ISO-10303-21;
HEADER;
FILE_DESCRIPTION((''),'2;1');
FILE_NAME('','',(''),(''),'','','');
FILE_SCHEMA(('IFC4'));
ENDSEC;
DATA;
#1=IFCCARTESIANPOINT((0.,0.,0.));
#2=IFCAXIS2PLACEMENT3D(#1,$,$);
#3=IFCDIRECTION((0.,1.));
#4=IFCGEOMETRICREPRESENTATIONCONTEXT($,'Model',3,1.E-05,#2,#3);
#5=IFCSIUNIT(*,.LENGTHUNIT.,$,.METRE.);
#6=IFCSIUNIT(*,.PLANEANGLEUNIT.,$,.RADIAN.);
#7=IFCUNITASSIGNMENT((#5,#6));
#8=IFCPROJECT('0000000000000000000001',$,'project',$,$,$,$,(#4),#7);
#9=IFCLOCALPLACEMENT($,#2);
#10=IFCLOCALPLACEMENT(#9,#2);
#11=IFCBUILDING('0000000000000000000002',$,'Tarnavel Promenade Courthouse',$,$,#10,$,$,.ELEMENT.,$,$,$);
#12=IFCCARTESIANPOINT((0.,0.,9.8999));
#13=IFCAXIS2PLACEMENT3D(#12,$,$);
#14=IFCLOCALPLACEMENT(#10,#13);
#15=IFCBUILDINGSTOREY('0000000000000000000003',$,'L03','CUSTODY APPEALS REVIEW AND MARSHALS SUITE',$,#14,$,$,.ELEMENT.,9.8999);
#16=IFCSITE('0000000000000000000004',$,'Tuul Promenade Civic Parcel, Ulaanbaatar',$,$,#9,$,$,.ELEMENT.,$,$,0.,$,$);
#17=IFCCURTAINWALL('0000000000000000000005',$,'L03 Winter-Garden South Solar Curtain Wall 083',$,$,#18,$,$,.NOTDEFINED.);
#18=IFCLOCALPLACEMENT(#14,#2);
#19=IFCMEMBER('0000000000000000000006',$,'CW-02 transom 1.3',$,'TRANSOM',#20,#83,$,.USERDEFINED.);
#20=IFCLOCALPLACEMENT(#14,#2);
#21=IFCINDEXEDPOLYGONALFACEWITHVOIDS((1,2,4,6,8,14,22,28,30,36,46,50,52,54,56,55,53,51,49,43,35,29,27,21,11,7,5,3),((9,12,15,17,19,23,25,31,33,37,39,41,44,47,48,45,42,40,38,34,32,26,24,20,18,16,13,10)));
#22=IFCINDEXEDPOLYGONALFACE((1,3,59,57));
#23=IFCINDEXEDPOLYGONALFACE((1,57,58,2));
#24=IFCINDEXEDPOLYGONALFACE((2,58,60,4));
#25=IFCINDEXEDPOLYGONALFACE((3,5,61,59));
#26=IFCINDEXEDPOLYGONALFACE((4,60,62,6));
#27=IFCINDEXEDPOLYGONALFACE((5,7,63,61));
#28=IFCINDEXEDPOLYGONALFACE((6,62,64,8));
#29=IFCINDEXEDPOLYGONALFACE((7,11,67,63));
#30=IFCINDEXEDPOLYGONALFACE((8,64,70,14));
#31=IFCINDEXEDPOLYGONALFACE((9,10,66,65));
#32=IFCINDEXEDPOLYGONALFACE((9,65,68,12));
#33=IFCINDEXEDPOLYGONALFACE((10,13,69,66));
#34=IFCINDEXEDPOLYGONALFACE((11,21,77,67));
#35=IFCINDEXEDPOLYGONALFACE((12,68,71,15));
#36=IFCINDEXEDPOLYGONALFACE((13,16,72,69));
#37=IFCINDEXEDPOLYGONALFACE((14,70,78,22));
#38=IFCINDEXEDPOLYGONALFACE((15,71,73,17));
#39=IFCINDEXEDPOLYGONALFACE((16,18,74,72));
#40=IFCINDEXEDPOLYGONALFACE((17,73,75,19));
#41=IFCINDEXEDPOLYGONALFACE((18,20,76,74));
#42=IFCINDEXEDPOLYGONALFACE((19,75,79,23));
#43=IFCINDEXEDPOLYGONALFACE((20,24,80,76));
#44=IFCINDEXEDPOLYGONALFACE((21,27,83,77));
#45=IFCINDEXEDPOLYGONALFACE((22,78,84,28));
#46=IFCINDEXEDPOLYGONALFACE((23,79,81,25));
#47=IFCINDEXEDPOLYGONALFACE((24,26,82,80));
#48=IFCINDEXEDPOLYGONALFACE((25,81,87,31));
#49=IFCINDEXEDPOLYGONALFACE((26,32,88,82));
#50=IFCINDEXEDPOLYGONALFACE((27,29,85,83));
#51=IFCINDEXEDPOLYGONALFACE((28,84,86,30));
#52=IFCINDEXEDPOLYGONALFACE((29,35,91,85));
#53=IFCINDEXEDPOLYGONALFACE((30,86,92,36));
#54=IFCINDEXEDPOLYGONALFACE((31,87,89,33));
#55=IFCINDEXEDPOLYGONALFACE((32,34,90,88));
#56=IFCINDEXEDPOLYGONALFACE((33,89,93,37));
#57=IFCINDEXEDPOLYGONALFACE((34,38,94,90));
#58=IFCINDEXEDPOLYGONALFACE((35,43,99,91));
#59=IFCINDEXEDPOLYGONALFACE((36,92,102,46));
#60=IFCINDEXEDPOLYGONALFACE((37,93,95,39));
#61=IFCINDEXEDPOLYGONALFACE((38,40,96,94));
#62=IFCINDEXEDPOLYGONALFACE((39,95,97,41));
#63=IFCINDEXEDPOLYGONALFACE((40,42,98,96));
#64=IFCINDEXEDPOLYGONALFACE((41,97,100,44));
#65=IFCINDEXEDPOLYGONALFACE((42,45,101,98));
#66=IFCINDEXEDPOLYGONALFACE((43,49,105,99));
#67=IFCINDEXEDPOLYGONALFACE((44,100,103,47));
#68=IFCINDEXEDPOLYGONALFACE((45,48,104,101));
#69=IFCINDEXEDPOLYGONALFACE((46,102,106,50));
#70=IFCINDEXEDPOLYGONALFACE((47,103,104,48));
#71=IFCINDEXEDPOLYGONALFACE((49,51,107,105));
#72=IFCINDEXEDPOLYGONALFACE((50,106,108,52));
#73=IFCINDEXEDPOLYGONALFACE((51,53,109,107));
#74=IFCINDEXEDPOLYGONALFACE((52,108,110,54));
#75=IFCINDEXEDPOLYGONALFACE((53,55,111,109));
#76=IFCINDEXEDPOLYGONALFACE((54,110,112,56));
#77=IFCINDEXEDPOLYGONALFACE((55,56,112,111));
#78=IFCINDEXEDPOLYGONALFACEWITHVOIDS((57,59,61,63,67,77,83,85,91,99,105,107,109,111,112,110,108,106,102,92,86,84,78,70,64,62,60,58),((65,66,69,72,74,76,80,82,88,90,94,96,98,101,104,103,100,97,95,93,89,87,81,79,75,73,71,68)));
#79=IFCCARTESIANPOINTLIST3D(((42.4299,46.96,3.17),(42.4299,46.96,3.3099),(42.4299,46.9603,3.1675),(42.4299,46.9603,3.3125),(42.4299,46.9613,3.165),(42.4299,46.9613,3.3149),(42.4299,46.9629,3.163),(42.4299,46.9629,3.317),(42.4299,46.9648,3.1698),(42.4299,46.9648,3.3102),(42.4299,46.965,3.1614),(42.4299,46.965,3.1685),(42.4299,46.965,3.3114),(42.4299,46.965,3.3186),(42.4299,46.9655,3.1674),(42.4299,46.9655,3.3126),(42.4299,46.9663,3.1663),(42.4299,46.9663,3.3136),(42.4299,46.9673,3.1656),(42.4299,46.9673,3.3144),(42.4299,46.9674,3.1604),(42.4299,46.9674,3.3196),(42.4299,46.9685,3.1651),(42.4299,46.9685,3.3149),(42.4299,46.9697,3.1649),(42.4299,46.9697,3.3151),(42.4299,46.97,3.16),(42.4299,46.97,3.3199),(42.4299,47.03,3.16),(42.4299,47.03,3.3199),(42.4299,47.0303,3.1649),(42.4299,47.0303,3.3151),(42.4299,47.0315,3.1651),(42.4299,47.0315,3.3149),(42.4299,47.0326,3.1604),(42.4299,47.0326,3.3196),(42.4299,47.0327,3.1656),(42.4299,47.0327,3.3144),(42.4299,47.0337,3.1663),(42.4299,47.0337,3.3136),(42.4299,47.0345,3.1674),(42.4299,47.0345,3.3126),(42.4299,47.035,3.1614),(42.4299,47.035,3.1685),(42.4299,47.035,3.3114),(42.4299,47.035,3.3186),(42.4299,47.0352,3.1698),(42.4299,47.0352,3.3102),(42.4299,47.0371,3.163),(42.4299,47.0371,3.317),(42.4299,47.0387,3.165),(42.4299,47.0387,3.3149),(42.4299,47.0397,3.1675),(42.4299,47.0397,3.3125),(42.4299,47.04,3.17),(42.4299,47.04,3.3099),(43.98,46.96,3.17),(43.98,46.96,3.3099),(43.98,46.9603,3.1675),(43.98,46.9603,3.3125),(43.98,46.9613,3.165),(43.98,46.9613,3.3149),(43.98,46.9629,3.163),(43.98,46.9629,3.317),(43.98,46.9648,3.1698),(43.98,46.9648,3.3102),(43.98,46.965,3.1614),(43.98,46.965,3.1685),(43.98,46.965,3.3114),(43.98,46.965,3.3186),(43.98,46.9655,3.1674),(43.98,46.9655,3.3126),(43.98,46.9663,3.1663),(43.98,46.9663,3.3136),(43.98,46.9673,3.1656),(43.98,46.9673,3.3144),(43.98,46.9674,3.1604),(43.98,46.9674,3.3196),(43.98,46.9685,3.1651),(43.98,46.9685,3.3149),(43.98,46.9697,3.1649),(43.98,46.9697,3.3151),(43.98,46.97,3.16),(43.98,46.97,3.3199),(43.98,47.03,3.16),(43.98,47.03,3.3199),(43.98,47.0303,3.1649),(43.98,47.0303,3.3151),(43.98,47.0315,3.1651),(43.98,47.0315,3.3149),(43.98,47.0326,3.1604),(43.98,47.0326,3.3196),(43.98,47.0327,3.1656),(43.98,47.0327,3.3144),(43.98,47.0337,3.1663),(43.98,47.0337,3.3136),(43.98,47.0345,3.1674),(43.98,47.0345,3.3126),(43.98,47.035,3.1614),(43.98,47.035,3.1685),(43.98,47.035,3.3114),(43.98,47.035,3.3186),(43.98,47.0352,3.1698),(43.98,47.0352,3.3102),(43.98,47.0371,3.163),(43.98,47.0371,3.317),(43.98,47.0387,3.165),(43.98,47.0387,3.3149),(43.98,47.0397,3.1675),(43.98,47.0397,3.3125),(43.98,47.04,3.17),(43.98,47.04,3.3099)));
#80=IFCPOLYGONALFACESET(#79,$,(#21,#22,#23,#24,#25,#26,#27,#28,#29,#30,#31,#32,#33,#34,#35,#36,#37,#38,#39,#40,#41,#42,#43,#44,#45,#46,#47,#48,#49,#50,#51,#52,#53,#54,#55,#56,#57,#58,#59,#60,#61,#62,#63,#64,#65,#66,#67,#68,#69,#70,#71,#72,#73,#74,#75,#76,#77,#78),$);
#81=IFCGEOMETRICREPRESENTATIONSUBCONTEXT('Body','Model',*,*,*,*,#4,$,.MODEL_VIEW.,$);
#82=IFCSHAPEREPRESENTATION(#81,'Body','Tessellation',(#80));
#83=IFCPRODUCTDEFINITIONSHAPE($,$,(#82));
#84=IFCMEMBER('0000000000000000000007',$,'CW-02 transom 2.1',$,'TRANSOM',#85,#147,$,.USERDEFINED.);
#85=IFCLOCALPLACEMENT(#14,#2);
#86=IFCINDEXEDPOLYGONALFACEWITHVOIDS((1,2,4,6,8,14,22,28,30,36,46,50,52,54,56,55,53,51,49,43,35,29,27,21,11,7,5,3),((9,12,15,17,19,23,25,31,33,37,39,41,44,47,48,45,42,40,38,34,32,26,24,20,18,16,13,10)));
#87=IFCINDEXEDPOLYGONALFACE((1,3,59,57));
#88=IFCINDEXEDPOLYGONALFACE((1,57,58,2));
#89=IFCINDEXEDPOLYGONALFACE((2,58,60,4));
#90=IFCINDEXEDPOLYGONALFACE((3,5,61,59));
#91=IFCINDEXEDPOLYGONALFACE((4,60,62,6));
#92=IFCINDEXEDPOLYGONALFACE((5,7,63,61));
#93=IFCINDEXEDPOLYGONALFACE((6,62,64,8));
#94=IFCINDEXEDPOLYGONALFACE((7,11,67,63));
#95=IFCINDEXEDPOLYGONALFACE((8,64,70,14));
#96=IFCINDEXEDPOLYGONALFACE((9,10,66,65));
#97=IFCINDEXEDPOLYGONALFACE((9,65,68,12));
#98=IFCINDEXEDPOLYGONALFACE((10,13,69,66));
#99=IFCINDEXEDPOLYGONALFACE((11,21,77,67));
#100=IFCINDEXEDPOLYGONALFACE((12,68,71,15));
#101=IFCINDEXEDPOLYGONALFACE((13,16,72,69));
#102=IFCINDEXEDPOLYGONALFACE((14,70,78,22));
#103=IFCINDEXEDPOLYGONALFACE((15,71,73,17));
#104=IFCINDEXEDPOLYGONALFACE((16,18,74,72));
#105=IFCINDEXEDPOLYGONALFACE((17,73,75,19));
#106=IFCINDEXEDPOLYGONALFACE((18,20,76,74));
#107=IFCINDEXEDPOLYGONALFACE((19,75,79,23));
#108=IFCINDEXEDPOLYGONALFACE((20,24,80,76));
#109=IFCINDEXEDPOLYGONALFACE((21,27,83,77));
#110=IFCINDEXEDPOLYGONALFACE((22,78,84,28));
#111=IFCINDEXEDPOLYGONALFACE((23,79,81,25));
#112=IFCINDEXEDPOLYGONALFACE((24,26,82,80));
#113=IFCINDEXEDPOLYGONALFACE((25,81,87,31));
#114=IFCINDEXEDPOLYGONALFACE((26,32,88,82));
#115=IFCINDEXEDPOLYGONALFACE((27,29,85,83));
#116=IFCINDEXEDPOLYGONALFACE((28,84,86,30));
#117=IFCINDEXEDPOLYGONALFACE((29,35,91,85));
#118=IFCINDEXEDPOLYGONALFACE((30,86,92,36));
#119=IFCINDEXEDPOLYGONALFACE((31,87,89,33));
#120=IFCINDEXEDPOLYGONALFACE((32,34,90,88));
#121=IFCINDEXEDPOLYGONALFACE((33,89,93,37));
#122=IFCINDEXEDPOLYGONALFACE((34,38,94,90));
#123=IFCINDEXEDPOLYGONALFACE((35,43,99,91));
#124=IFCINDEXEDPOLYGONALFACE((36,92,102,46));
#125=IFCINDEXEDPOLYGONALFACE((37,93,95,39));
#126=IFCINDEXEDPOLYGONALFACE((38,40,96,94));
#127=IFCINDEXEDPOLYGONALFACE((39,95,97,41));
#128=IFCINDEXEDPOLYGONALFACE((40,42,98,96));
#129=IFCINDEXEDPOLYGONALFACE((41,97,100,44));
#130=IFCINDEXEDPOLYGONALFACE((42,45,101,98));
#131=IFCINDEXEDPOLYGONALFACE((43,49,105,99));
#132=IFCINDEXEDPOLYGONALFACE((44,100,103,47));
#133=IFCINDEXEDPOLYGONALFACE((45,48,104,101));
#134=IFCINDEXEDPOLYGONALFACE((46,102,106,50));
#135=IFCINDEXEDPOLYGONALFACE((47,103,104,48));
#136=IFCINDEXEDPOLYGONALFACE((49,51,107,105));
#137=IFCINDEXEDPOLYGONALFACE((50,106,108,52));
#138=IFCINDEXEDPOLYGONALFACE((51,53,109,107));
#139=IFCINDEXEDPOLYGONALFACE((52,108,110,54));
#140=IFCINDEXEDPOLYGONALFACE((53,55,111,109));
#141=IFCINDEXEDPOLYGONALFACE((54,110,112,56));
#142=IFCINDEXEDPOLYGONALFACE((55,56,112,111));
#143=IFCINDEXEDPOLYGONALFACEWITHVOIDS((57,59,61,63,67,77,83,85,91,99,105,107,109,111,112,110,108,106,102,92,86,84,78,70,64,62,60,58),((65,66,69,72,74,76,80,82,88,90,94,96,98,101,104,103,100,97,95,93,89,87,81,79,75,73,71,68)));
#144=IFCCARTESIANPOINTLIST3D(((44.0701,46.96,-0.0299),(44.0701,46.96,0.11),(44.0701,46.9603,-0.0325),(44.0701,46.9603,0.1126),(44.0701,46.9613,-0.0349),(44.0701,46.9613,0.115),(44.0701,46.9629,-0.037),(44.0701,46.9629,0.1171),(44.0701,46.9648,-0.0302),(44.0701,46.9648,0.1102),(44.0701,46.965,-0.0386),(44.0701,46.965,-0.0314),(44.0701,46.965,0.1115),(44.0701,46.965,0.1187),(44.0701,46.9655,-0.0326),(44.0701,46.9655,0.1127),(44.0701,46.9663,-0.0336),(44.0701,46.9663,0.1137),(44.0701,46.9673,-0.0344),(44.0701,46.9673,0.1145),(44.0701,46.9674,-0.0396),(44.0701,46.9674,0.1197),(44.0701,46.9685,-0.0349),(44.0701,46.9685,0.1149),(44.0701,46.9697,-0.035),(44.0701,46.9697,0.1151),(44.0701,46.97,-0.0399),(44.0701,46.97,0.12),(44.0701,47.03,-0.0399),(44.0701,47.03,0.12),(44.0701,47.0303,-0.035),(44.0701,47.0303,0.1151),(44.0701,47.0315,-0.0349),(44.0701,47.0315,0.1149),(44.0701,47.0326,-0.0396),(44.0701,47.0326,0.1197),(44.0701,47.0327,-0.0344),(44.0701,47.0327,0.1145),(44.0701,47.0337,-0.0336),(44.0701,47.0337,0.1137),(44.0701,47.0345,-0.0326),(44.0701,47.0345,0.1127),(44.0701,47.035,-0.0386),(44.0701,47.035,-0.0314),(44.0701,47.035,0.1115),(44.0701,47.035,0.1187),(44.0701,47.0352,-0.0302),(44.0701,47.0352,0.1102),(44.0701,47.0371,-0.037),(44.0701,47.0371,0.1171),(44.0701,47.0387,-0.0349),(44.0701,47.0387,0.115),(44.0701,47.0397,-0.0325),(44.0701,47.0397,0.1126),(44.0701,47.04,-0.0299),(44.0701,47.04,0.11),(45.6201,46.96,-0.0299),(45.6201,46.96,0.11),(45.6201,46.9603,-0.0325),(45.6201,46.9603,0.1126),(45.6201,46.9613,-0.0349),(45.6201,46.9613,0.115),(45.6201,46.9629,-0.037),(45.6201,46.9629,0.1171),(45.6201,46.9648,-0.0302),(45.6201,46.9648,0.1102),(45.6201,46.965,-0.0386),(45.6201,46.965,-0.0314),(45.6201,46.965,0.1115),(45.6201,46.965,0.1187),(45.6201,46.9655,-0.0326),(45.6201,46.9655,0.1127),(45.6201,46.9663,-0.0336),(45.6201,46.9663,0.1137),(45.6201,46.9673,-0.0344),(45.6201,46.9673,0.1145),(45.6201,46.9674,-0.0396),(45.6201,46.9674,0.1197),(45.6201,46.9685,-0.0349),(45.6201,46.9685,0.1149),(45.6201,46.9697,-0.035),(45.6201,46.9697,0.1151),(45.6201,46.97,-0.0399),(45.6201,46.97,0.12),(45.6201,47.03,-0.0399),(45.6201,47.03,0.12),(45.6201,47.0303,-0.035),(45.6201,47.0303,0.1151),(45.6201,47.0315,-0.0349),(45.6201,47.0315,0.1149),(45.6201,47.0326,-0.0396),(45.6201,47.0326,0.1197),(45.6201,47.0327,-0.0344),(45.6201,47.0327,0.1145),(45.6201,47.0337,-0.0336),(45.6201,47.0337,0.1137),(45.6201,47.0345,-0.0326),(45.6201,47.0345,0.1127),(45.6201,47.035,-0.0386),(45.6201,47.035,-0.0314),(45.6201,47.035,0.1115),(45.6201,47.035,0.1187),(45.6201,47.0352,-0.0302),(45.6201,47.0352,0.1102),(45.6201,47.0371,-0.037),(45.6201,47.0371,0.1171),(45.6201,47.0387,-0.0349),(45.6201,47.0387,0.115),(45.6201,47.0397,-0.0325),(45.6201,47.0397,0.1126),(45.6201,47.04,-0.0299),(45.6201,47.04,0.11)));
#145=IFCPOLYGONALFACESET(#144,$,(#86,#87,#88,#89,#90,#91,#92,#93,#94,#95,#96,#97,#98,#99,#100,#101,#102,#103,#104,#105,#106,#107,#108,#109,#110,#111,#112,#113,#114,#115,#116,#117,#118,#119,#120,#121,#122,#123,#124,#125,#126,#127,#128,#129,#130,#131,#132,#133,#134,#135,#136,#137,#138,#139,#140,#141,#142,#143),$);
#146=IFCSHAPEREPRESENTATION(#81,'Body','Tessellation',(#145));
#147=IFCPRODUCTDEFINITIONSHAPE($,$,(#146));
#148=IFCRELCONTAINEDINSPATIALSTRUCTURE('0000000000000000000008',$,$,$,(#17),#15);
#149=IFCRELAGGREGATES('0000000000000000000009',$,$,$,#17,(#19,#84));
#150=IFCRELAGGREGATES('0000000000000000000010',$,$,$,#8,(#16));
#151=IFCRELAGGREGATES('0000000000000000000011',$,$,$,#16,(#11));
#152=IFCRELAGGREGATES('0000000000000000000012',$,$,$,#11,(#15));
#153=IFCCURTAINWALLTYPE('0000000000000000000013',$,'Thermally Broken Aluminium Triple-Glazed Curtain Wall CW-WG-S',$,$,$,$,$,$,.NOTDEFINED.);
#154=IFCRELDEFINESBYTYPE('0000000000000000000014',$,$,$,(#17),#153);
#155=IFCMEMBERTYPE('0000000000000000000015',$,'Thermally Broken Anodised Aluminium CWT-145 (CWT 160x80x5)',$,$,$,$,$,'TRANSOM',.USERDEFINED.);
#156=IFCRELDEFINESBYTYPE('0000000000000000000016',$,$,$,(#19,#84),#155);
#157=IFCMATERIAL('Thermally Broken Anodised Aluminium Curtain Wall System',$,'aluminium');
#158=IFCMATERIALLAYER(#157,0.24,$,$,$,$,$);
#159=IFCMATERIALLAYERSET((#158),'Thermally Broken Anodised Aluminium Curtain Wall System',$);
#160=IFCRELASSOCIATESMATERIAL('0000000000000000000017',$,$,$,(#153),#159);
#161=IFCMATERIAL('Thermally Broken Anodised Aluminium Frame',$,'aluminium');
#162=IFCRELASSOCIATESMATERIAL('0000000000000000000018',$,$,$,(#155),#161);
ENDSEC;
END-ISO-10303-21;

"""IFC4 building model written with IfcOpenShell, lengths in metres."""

from ifc_helpers import new_model, si_unit, direction, frame, origin, origin_2d, place, context, subcontext, project, spatial, hollow_rectangle, extrude, material, layer, layer_set, material_profile, profile_set, type_object, element, aggregate, save


model = new_model("IFC4")

# Units and contexts
model_context = context("Model", 3, precision=1e-05, world=origin(), true_north=direction((0.0, 1.0)))
body_context = subcontext(model_context, "Body", "Model", "MODEL_VIEW")
ifc_project = project(units=[si_unit("LENGTHUNIT", "METRE"), si_unit("PLANEANGLEUNIT", "RADIAN")], contexts=[model_context])

# Site, building, storey
site_placement = place(None, origin())
site = spatial("IfcSite", under=ifc_project, at=site_placement, Name="Tuul Promenade Civic Parcel, Ulaanbaatar", CompositionType="ELEMENT", RefElevation=0.0)
building_placement = place(site_placement, origin())
building = spatial("IfcBuilding", under=site, at=building_placement, Name="Tarnavel Promenade Courthouse", CompositionType="ELEMENT")
storey_placement = place(building_placement, frame((0.0, 0.0, 9.8999)))
storey = spatial("IfcBuildingStorey", under=building, at=storey_placement, Name="L03", Description="CUSTODY APPEALS REVIEW AND MARSHALS SUITE", CompositionType="ELEMENT", Elevation=9.8999)

# Shared definitions
ifc_material_1 = material(Name="Thermally Broken Anodised Aluminium Curtain Wall System", Category="aluminium")
ifc_layer_1 = layer(ifc_material_1, 0.24)
ifc_layer_set_1 = layer_set([ifc_layer_1], Name="Thermally Broken Anodised Aluminium Curtain Wall System")
curtain_wall_type = type_object("IfcCurtainWallType", Name="Thermally Broken Aluminium Triple-Glazed Curtain Wall CW-WG-S", PredefinedType="NOTDEFINED", material=ifc_layer_set_1)
ifc_material_2 = material(Name="Thermally Broken Anodised Aluminium Frame", Category="aluminium")

# Curtain wall, members
curtain_wall_1_placement = place(storey_placement, origin())
curtain_wall_1 = element("IfcCurtainWall", 1, at=curtain_wall_1_placement, inside=storey, type_object=curtain_wall_type, Name="L03 Winter-Garden South Solar Curtain Wall 083", PredefinedType="NOTDEFINED")
ifc_material_profile_1 = material_profile(ifc_material_2, hollow_rectangle(XDim=0.0801, YDim=0.1599, WallThickness=0.0049, InnerFilletRadius=0.0049, OuterFilletRadius=0.01, at=origin_2d()), Name="CWT 160x80x5")
ifc_profile_set_1 = profile_set([ifc_material_profile_1], Name="Thermally Broken Anodised Aluminium Frame")
member_type_1 = type_object("IfcMemberType", Name="Thermally Broken Anodised Aluminium CWT-145 (CWT 160x80x5)", ElementType="TRANSOM", PredefinedType="USERDEFINED", material=ifc_profile_set_1)
member_1_placement = place(storey_placement, frame((42.4299, 47.0, 3.24), z_axis=(1.0, 0.0, 0.0), x_axis=(0.0, 1.0, 0.0)))
member_1 = element("IfcMember", 2, at=member_1_placement, type_object=member_type_1, Name="CW-02 transom 1.3", ObjectType="TRANSOM", PredefinedType="USERDEFINED", context=body_context, shape_type="SweptSolid", body=[
    extrude(hollow_rectangle(XDim=0.0801, YDim=0.1599, WallThickness=0.0049, InnerFilletRadius=0.0049, OuterFilletRadius=0.01, at=origin_2d()), origin(), (0.0, 0.0, 1.0), 1.55),
])
member_2_placement = place(storey_placement, frame((44.0701, 47.0, 0.04), z_axis=(1.0, 0.0, 0.0), x_axis=(0.0, 1.0, 0.0)))
member_2 = element("IfcMember", 3, at=member_2_placement, type_object=member_type_1, Name="CW-02 transom 2.1", ObjectType="TRANSOM", PredefinedType="USERDEFINED", context=body_context, shape_type="SweptSolid", body=[
    extrude(hollow_rectangle(XDim=0.0801, YDim=0.1599, WallThickness=0.0049, InnerFilletRadius=0.0049, OuterFilletRadius=0.01, at=origin_2d()), origin(), (0.0, 0.0, 1.0), 1.55),
])

aggregate(curtain_wall_1, [member_1, member_2])

save(model, "model.ifc")
